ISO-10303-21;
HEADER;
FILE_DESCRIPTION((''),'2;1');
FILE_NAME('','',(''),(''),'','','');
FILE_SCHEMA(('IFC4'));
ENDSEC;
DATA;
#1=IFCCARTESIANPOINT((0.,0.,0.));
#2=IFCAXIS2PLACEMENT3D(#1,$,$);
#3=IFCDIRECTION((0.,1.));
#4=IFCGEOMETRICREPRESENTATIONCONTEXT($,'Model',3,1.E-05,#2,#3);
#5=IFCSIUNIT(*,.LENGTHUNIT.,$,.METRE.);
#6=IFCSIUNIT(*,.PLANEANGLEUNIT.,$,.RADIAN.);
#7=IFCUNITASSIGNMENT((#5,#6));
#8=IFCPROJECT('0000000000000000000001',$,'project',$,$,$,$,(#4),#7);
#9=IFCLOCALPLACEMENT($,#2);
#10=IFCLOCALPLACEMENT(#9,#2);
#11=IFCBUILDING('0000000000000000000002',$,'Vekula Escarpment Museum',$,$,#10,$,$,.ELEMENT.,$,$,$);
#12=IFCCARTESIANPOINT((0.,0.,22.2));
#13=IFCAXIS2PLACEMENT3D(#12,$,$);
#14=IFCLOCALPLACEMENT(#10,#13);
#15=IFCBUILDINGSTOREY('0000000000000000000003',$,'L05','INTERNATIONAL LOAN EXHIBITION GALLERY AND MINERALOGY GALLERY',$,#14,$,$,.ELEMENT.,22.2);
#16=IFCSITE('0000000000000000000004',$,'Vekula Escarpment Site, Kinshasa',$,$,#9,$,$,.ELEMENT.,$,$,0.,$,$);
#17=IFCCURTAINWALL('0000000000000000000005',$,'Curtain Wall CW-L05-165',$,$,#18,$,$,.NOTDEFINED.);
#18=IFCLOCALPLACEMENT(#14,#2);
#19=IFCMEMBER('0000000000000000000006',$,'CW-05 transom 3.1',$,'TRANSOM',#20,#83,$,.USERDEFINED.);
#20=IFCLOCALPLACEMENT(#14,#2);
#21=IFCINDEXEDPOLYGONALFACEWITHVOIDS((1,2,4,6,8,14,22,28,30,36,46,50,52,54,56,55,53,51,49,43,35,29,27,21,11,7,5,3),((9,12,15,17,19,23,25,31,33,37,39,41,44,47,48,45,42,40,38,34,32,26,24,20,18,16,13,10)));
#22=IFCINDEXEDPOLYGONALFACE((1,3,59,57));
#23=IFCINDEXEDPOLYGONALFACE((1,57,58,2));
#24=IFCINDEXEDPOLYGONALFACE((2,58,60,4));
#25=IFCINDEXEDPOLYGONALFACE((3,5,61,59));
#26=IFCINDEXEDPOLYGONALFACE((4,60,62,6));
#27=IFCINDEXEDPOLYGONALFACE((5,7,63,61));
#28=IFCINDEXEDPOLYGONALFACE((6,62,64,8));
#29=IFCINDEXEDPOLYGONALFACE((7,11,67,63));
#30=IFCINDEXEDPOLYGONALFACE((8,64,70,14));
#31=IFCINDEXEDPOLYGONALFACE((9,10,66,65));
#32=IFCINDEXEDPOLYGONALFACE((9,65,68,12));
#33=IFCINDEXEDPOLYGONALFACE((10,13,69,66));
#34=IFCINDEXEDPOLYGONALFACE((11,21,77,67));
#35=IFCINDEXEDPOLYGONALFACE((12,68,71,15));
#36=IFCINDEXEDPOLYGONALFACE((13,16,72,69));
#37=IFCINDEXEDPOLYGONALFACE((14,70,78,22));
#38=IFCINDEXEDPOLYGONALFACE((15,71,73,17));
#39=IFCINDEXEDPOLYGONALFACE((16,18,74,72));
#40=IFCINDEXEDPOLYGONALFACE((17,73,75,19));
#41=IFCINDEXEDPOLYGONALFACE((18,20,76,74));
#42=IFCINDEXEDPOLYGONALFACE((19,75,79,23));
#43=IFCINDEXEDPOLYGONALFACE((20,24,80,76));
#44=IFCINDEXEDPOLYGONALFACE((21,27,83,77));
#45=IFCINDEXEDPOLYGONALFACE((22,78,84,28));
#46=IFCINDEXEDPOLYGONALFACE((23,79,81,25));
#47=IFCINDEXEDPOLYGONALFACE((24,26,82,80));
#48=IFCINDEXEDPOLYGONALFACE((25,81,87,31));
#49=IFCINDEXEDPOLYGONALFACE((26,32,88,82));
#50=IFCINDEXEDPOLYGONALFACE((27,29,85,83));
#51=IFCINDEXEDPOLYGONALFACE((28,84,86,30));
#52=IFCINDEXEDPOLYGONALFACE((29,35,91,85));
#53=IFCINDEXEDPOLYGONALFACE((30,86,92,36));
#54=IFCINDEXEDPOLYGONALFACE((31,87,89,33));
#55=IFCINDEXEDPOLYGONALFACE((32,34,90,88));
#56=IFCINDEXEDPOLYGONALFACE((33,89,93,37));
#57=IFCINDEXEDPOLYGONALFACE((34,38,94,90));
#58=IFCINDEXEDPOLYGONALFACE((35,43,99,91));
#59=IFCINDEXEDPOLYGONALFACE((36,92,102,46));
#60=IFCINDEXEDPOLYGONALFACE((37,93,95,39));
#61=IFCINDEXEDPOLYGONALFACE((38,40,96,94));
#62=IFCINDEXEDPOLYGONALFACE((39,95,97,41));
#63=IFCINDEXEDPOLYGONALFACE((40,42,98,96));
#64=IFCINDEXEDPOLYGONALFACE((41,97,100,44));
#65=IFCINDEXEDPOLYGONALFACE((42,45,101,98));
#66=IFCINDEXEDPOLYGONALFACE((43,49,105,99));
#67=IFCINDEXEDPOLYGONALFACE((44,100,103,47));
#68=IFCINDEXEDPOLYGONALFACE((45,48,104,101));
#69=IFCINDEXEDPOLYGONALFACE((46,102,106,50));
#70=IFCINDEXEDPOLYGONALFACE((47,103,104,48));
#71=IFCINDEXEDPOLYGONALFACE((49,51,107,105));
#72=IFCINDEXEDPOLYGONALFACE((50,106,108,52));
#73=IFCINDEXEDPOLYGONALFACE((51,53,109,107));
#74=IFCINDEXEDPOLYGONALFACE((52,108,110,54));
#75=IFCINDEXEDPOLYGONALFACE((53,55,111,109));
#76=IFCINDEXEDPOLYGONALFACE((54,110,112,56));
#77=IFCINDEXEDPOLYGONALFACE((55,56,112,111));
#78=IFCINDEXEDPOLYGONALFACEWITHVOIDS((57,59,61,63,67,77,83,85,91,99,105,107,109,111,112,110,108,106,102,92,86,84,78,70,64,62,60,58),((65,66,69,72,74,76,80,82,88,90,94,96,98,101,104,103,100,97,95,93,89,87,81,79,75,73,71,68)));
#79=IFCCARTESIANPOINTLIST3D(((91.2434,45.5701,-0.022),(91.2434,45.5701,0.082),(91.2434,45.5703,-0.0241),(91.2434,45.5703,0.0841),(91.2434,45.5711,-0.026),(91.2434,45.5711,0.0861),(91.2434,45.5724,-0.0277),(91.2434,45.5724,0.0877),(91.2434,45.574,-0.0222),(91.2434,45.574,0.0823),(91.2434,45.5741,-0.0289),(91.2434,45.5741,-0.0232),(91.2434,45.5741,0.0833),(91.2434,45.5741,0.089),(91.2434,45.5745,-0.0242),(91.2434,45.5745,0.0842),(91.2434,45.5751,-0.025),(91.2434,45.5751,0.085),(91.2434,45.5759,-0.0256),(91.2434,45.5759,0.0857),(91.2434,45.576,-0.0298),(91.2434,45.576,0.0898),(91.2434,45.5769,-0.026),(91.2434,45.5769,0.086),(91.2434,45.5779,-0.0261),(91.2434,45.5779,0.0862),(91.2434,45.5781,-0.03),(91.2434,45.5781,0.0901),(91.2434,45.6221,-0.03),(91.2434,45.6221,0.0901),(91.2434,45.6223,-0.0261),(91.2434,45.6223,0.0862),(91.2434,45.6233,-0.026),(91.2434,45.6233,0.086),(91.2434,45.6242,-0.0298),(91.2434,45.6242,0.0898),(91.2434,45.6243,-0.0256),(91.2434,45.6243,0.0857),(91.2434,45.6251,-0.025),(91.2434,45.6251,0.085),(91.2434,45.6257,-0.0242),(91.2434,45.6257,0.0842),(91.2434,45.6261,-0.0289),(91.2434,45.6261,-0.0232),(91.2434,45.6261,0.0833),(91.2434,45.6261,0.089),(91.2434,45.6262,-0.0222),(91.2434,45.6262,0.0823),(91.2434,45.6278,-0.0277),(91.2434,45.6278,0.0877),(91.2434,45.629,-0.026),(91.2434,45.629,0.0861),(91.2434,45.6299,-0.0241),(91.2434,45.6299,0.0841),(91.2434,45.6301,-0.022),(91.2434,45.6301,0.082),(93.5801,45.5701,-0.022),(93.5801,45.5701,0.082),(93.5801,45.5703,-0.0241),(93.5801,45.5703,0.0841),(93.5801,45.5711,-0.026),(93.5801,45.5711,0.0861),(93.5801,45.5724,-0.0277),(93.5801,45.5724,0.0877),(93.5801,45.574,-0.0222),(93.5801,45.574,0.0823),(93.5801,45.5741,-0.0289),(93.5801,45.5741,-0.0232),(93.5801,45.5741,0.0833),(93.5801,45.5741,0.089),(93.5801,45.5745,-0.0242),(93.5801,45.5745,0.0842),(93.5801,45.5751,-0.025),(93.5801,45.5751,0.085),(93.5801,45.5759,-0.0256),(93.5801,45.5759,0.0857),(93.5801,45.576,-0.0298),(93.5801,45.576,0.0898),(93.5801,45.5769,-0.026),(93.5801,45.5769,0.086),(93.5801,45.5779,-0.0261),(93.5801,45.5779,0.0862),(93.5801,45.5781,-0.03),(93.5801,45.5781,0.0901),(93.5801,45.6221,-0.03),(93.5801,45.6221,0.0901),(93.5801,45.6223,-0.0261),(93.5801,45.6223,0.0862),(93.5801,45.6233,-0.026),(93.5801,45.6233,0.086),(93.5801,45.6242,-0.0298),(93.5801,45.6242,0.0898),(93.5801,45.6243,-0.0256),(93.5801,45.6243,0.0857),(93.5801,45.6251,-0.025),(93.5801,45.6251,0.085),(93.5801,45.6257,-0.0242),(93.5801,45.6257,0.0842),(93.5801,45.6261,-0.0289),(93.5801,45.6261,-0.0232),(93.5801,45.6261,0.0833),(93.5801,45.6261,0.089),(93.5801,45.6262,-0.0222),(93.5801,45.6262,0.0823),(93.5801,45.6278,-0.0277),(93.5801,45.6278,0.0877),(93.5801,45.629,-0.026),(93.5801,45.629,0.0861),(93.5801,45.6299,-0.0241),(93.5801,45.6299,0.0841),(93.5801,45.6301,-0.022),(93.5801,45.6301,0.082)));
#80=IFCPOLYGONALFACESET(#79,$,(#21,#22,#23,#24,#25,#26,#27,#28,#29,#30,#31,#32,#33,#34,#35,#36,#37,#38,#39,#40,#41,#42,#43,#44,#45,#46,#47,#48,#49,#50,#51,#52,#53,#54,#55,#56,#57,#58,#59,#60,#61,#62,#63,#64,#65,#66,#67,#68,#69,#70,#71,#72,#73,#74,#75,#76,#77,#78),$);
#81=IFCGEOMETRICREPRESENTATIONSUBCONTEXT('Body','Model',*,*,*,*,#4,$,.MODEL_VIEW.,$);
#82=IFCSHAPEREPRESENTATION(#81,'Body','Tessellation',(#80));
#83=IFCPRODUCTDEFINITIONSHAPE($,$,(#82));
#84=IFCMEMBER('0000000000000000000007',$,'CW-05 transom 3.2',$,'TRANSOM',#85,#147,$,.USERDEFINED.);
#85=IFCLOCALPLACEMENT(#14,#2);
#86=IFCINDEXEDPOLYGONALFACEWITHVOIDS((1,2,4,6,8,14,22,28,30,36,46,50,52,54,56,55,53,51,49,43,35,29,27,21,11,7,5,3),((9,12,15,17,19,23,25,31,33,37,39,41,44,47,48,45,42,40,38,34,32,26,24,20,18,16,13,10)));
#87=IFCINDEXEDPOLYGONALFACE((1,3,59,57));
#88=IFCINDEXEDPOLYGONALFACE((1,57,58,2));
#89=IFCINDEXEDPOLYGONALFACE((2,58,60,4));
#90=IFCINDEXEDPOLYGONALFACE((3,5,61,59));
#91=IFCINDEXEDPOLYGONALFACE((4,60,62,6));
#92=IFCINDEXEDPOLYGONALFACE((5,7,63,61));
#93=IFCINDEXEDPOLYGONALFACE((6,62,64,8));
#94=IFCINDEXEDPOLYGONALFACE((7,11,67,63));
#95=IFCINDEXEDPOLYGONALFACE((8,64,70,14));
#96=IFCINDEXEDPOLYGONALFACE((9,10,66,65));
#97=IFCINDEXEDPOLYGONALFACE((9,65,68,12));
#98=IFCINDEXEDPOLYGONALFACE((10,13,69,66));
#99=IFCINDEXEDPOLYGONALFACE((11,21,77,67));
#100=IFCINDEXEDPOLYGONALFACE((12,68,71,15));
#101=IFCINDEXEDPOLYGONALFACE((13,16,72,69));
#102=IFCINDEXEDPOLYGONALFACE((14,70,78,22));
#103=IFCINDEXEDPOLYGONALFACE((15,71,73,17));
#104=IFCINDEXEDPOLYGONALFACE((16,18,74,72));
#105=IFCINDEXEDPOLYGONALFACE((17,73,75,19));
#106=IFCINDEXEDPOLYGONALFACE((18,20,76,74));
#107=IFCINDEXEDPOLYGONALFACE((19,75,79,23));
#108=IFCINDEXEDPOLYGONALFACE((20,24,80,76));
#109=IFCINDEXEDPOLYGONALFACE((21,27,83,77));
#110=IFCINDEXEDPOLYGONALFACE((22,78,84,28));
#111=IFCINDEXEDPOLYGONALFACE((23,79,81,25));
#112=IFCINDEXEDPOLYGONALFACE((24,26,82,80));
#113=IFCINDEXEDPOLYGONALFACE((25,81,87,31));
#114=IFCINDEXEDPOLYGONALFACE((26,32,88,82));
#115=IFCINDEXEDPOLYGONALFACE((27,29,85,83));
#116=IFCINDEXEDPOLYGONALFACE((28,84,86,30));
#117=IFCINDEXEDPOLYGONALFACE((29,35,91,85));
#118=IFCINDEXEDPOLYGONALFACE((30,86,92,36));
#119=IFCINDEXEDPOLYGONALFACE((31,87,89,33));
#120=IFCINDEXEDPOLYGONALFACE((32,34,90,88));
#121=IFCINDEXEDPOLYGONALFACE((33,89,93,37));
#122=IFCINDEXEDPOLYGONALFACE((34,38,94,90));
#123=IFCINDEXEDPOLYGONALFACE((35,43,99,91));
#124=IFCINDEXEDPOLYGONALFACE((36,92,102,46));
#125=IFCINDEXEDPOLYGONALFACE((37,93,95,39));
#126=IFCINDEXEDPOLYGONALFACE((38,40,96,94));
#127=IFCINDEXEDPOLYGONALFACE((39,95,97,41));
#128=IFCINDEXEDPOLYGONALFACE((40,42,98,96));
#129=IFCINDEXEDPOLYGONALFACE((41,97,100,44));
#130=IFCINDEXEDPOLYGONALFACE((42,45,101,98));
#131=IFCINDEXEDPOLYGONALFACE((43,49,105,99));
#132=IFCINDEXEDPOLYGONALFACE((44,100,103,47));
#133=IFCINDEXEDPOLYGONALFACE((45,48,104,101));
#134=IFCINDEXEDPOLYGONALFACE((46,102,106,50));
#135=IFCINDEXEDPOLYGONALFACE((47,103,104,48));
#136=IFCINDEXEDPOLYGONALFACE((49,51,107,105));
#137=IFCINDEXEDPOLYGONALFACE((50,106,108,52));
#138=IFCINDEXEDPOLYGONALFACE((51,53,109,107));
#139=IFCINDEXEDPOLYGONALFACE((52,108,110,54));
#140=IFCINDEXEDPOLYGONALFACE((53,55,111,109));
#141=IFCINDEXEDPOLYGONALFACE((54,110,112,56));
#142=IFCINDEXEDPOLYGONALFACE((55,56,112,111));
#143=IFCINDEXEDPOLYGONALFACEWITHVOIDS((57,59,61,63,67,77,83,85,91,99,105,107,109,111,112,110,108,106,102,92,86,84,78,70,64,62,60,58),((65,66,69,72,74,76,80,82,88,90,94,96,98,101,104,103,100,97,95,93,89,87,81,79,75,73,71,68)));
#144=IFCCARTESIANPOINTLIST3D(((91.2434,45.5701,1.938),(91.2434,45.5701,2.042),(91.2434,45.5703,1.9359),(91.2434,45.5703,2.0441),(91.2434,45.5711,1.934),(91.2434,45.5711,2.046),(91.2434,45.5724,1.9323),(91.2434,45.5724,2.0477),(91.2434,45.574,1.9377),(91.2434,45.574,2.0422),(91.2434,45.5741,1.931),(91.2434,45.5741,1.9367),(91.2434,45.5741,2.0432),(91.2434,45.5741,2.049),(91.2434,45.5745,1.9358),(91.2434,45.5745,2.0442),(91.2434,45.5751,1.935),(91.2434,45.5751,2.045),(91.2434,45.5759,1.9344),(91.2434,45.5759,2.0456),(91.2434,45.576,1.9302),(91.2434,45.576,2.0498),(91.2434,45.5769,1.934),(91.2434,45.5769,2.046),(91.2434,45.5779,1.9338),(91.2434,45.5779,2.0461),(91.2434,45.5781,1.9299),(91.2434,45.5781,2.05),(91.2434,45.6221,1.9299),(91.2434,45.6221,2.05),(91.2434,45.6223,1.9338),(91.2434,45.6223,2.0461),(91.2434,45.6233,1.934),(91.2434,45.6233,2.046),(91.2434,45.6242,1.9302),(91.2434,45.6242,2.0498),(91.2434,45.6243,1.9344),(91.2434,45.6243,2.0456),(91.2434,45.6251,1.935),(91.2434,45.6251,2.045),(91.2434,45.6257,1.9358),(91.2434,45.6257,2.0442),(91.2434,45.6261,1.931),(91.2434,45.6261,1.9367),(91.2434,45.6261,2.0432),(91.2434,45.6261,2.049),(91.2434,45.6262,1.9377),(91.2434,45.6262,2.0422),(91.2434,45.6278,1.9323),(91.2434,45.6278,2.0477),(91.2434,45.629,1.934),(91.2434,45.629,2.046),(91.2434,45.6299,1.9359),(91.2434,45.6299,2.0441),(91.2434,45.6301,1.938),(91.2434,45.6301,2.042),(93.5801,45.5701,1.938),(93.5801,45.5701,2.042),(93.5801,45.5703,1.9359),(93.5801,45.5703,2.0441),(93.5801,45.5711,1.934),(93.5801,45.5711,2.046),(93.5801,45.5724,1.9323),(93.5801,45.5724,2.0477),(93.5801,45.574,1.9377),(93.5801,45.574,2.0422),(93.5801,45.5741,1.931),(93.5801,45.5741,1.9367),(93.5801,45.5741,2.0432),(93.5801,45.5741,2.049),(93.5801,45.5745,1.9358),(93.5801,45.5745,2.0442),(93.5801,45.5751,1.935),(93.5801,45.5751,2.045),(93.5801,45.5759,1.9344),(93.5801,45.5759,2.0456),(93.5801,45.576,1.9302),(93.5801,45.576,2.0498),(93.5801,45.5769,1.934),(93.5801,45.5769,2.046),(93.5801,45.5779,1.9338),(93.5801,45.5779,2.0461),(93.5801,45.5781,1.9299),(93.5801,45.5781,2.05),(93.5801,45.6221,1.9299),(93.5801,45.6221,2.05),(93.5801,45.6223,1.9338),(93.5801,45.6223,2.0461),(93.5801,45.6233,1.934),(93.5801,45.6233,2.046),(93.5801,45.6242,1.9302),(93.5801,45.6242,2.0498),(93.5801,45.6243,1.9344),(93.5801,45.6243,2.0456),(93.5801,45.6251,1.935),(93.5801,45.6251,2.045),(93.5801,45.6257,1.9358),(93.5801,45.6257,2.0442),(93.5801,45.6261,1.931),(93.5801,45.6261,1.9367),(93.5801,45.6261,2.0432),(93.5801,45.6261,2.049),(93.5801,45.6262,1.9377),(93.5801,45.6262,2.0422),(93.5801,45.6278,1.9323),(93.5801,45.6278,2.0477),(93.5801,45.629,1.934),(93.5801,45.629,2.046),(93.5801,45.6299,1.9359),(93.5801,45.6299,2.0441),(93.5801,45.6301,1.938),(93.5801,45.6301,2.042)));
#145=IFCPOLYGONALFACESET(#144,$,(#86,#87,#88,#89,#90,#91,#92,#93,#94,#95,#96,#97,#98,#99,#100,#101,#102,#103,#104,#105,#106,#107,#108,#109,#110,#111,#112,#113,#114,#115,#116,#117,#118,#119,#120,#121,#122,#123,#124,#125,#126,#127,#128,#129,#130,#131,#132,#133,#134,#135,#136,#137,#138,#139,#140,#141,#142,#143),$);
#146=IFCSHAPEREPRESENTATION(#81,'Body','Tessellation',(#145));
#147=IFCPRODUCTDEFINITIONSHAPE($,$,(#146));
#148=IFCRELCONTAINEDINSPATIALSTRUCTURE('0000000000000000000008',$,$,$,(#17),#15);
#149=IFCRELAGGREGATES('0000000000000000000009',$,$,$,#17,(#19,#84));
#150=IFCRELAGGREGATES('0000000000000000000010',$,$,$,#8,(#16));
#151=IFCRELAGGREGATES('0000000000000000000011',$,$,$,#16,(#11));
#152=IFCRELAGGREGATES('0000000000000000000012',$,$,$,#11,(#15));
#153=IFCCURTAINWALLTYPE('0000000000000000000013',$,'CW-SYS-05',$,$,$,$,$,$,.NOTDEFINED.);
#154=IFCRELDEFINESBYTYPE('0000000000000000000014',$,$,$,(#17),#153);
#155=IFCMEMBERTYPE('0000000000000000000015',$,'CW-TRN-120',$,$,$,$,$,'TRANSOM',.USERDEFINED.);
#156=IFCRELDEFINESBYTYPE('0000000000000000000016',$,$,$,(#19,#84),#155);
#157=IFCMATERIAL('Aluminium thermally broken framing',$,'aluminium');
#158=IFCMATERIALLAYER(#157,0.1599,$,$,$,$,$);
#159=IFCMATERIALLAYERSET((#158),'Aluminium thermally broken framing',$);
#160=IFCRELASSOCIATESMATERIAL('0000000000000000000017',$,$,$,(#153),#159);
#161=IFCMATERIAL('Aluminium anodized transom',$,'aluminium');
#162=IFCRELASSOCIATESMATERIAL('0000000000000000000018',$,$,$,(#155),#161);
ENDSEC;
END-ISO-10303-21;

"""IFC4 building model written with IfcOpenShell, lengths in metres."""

from ifc_helpers import new_model, si_unit, direction, frame, origin, origin_2d, place, context, subcontext, project, spatial, hollow_rectangle, extrude, material, layer, layer_set, material_profile, profile_set, type_object, element, aggregate, save


model = new_model("IFC4")

# Units and contexts
model_context = context("Model", 3, precision=1e-05, world=origin(), true_north=direction((0.0, 1.0)))
body_context = subcontext(model_context, "Body", "Model", "MODEL_VIEW")
ifc_project = project(units=[si_unit("LENGTHUNIT", "METRE"), si_unit("PLANEANGLEUNIT", "RADIAN")], contexts=[model_context])

# Site, building, storey
site_placement = place(None, origin())
site = spatial("IfcSite", under=ifc_project, at=site_placement, Name="Vekula Escarpment Site, Kinshasa", CompositionType="ELEMENT", RefElevation=0.0)
building_placement = place(site_placement, origin())
building = spatial("IfcBuilding", under=site, at=building_placement, Name="Vekula Escarpment Museum", CompositionType="ELEMENT")
storey_placement = place(building_placement, frame((0.0, 0.0, 22.2)))
storey = spatial("IfcBuildingStorey", under=building, at=storey_placement, Name="L05", Description="INTERNATIONAL LOAN EXHIBITION GALLERY AND MINERALOGY GALLERY", CompositionType="ELEMENT", Elevation=22.2)

# Curtain wall
ifc_material_1 = material(Name="Aluminium thermally broken framing", Category="aluminium")
ifc_layer_1 = layer(ifc_material_1, 0.1599)
ifc_layer_set_1 = layer_set([ifc_layer_1], Name="Aluminium thermally broken framing")
curtain_wall_type_1 = type_object("IfcCurtainWallType", Name="CW-SYS-05", PredefinedType="NOTDEFINED", material=ifc_layer_set_1)
curtain_wall_1_placement = place(storey_placement, origin())
curtain_wall_1 = element("IfcCurtainWall", 1, at=curtain_wall_1_placement, inside=storey, type_object=curtain_wall_type_1, Name="Curtain Wall CW-L05-165", PredefinedType="NOTDEFINED")

# Members
ifc_material_2 = material(Name="Aluminium anodized transom", Category="aluminium")
ifc_material_profile_1 = material_profile(ifc_material_2, hollow_rectangle(XDim=0.0601, YDim=0.1201, WallThickness=0.0039, InnerFilletRadius=0.0039, OuterFilletRadius=0.0081, at=origin_2d()), Name="ALU 120x60x4")
ifc_profile_set_1 = profile_set([ifc_material_profile_1], Name="Aluminium anodized transom")
member_type_1 = type_object("IfcMemberType", Name="CW-TRN-120", ElementType="TRANSOM", PredefinedType="USERDEFINED", material=ifc_profile_set_1)
member_1_placement = place(storey_placement, frame((91.2434, 45.6001, 0.03), z_axis=(1.0, 0.0, 0.0), x_axis=(0.0, 1.0, 0.0)))
member_1 = element("IfcMember", 2, at=member_1_placement, type_object=member_type_1, Name="CW-05 transom 3.1", ObjectType="TRANSOM", PredefinedType="USERDEFINED", context=body_context, shape_type="SweptSolid", body=[
    extrude(hollow_rectangle(XDim=0.0601, YDim=0.1201, WallThickness=0.0039, InnerFilletRadius=0.0039, OuterFilletRadius=0.0081, at=origin_2d()), origin(), (0.0, 0.0, 1.0), 2.3367),
])
member_2_placement = place(storey_placement, frame((91.2434, 45.6001, 1.99), z_axis=(1.0, 0.0, 0.0), x_axis=(0.0, 1.0, 0.0)))
member_2 = element("IfcMember", 3, at=member_2_placement, type_object=member_type_1, Name="CW-05 transom 3.2", ObjectType="TRANSOM", PredefinedType="USERDEFINED", context=body_context, shape_type="SweptSolid", body=[
    extrude(hollow_rectangle(XDim=0.0601, YDim=0.1201, WallThickness=0.0039, InnerFilletRadius=0.0039, OuterFilletRadius=0.0081, at=origin_2d()), origin(), (0.0, 0.0, 1.0), 2.3367),
])

aggregate(curtain_wall_1, [member_1, member_2])

save(model, "model.ifc")
